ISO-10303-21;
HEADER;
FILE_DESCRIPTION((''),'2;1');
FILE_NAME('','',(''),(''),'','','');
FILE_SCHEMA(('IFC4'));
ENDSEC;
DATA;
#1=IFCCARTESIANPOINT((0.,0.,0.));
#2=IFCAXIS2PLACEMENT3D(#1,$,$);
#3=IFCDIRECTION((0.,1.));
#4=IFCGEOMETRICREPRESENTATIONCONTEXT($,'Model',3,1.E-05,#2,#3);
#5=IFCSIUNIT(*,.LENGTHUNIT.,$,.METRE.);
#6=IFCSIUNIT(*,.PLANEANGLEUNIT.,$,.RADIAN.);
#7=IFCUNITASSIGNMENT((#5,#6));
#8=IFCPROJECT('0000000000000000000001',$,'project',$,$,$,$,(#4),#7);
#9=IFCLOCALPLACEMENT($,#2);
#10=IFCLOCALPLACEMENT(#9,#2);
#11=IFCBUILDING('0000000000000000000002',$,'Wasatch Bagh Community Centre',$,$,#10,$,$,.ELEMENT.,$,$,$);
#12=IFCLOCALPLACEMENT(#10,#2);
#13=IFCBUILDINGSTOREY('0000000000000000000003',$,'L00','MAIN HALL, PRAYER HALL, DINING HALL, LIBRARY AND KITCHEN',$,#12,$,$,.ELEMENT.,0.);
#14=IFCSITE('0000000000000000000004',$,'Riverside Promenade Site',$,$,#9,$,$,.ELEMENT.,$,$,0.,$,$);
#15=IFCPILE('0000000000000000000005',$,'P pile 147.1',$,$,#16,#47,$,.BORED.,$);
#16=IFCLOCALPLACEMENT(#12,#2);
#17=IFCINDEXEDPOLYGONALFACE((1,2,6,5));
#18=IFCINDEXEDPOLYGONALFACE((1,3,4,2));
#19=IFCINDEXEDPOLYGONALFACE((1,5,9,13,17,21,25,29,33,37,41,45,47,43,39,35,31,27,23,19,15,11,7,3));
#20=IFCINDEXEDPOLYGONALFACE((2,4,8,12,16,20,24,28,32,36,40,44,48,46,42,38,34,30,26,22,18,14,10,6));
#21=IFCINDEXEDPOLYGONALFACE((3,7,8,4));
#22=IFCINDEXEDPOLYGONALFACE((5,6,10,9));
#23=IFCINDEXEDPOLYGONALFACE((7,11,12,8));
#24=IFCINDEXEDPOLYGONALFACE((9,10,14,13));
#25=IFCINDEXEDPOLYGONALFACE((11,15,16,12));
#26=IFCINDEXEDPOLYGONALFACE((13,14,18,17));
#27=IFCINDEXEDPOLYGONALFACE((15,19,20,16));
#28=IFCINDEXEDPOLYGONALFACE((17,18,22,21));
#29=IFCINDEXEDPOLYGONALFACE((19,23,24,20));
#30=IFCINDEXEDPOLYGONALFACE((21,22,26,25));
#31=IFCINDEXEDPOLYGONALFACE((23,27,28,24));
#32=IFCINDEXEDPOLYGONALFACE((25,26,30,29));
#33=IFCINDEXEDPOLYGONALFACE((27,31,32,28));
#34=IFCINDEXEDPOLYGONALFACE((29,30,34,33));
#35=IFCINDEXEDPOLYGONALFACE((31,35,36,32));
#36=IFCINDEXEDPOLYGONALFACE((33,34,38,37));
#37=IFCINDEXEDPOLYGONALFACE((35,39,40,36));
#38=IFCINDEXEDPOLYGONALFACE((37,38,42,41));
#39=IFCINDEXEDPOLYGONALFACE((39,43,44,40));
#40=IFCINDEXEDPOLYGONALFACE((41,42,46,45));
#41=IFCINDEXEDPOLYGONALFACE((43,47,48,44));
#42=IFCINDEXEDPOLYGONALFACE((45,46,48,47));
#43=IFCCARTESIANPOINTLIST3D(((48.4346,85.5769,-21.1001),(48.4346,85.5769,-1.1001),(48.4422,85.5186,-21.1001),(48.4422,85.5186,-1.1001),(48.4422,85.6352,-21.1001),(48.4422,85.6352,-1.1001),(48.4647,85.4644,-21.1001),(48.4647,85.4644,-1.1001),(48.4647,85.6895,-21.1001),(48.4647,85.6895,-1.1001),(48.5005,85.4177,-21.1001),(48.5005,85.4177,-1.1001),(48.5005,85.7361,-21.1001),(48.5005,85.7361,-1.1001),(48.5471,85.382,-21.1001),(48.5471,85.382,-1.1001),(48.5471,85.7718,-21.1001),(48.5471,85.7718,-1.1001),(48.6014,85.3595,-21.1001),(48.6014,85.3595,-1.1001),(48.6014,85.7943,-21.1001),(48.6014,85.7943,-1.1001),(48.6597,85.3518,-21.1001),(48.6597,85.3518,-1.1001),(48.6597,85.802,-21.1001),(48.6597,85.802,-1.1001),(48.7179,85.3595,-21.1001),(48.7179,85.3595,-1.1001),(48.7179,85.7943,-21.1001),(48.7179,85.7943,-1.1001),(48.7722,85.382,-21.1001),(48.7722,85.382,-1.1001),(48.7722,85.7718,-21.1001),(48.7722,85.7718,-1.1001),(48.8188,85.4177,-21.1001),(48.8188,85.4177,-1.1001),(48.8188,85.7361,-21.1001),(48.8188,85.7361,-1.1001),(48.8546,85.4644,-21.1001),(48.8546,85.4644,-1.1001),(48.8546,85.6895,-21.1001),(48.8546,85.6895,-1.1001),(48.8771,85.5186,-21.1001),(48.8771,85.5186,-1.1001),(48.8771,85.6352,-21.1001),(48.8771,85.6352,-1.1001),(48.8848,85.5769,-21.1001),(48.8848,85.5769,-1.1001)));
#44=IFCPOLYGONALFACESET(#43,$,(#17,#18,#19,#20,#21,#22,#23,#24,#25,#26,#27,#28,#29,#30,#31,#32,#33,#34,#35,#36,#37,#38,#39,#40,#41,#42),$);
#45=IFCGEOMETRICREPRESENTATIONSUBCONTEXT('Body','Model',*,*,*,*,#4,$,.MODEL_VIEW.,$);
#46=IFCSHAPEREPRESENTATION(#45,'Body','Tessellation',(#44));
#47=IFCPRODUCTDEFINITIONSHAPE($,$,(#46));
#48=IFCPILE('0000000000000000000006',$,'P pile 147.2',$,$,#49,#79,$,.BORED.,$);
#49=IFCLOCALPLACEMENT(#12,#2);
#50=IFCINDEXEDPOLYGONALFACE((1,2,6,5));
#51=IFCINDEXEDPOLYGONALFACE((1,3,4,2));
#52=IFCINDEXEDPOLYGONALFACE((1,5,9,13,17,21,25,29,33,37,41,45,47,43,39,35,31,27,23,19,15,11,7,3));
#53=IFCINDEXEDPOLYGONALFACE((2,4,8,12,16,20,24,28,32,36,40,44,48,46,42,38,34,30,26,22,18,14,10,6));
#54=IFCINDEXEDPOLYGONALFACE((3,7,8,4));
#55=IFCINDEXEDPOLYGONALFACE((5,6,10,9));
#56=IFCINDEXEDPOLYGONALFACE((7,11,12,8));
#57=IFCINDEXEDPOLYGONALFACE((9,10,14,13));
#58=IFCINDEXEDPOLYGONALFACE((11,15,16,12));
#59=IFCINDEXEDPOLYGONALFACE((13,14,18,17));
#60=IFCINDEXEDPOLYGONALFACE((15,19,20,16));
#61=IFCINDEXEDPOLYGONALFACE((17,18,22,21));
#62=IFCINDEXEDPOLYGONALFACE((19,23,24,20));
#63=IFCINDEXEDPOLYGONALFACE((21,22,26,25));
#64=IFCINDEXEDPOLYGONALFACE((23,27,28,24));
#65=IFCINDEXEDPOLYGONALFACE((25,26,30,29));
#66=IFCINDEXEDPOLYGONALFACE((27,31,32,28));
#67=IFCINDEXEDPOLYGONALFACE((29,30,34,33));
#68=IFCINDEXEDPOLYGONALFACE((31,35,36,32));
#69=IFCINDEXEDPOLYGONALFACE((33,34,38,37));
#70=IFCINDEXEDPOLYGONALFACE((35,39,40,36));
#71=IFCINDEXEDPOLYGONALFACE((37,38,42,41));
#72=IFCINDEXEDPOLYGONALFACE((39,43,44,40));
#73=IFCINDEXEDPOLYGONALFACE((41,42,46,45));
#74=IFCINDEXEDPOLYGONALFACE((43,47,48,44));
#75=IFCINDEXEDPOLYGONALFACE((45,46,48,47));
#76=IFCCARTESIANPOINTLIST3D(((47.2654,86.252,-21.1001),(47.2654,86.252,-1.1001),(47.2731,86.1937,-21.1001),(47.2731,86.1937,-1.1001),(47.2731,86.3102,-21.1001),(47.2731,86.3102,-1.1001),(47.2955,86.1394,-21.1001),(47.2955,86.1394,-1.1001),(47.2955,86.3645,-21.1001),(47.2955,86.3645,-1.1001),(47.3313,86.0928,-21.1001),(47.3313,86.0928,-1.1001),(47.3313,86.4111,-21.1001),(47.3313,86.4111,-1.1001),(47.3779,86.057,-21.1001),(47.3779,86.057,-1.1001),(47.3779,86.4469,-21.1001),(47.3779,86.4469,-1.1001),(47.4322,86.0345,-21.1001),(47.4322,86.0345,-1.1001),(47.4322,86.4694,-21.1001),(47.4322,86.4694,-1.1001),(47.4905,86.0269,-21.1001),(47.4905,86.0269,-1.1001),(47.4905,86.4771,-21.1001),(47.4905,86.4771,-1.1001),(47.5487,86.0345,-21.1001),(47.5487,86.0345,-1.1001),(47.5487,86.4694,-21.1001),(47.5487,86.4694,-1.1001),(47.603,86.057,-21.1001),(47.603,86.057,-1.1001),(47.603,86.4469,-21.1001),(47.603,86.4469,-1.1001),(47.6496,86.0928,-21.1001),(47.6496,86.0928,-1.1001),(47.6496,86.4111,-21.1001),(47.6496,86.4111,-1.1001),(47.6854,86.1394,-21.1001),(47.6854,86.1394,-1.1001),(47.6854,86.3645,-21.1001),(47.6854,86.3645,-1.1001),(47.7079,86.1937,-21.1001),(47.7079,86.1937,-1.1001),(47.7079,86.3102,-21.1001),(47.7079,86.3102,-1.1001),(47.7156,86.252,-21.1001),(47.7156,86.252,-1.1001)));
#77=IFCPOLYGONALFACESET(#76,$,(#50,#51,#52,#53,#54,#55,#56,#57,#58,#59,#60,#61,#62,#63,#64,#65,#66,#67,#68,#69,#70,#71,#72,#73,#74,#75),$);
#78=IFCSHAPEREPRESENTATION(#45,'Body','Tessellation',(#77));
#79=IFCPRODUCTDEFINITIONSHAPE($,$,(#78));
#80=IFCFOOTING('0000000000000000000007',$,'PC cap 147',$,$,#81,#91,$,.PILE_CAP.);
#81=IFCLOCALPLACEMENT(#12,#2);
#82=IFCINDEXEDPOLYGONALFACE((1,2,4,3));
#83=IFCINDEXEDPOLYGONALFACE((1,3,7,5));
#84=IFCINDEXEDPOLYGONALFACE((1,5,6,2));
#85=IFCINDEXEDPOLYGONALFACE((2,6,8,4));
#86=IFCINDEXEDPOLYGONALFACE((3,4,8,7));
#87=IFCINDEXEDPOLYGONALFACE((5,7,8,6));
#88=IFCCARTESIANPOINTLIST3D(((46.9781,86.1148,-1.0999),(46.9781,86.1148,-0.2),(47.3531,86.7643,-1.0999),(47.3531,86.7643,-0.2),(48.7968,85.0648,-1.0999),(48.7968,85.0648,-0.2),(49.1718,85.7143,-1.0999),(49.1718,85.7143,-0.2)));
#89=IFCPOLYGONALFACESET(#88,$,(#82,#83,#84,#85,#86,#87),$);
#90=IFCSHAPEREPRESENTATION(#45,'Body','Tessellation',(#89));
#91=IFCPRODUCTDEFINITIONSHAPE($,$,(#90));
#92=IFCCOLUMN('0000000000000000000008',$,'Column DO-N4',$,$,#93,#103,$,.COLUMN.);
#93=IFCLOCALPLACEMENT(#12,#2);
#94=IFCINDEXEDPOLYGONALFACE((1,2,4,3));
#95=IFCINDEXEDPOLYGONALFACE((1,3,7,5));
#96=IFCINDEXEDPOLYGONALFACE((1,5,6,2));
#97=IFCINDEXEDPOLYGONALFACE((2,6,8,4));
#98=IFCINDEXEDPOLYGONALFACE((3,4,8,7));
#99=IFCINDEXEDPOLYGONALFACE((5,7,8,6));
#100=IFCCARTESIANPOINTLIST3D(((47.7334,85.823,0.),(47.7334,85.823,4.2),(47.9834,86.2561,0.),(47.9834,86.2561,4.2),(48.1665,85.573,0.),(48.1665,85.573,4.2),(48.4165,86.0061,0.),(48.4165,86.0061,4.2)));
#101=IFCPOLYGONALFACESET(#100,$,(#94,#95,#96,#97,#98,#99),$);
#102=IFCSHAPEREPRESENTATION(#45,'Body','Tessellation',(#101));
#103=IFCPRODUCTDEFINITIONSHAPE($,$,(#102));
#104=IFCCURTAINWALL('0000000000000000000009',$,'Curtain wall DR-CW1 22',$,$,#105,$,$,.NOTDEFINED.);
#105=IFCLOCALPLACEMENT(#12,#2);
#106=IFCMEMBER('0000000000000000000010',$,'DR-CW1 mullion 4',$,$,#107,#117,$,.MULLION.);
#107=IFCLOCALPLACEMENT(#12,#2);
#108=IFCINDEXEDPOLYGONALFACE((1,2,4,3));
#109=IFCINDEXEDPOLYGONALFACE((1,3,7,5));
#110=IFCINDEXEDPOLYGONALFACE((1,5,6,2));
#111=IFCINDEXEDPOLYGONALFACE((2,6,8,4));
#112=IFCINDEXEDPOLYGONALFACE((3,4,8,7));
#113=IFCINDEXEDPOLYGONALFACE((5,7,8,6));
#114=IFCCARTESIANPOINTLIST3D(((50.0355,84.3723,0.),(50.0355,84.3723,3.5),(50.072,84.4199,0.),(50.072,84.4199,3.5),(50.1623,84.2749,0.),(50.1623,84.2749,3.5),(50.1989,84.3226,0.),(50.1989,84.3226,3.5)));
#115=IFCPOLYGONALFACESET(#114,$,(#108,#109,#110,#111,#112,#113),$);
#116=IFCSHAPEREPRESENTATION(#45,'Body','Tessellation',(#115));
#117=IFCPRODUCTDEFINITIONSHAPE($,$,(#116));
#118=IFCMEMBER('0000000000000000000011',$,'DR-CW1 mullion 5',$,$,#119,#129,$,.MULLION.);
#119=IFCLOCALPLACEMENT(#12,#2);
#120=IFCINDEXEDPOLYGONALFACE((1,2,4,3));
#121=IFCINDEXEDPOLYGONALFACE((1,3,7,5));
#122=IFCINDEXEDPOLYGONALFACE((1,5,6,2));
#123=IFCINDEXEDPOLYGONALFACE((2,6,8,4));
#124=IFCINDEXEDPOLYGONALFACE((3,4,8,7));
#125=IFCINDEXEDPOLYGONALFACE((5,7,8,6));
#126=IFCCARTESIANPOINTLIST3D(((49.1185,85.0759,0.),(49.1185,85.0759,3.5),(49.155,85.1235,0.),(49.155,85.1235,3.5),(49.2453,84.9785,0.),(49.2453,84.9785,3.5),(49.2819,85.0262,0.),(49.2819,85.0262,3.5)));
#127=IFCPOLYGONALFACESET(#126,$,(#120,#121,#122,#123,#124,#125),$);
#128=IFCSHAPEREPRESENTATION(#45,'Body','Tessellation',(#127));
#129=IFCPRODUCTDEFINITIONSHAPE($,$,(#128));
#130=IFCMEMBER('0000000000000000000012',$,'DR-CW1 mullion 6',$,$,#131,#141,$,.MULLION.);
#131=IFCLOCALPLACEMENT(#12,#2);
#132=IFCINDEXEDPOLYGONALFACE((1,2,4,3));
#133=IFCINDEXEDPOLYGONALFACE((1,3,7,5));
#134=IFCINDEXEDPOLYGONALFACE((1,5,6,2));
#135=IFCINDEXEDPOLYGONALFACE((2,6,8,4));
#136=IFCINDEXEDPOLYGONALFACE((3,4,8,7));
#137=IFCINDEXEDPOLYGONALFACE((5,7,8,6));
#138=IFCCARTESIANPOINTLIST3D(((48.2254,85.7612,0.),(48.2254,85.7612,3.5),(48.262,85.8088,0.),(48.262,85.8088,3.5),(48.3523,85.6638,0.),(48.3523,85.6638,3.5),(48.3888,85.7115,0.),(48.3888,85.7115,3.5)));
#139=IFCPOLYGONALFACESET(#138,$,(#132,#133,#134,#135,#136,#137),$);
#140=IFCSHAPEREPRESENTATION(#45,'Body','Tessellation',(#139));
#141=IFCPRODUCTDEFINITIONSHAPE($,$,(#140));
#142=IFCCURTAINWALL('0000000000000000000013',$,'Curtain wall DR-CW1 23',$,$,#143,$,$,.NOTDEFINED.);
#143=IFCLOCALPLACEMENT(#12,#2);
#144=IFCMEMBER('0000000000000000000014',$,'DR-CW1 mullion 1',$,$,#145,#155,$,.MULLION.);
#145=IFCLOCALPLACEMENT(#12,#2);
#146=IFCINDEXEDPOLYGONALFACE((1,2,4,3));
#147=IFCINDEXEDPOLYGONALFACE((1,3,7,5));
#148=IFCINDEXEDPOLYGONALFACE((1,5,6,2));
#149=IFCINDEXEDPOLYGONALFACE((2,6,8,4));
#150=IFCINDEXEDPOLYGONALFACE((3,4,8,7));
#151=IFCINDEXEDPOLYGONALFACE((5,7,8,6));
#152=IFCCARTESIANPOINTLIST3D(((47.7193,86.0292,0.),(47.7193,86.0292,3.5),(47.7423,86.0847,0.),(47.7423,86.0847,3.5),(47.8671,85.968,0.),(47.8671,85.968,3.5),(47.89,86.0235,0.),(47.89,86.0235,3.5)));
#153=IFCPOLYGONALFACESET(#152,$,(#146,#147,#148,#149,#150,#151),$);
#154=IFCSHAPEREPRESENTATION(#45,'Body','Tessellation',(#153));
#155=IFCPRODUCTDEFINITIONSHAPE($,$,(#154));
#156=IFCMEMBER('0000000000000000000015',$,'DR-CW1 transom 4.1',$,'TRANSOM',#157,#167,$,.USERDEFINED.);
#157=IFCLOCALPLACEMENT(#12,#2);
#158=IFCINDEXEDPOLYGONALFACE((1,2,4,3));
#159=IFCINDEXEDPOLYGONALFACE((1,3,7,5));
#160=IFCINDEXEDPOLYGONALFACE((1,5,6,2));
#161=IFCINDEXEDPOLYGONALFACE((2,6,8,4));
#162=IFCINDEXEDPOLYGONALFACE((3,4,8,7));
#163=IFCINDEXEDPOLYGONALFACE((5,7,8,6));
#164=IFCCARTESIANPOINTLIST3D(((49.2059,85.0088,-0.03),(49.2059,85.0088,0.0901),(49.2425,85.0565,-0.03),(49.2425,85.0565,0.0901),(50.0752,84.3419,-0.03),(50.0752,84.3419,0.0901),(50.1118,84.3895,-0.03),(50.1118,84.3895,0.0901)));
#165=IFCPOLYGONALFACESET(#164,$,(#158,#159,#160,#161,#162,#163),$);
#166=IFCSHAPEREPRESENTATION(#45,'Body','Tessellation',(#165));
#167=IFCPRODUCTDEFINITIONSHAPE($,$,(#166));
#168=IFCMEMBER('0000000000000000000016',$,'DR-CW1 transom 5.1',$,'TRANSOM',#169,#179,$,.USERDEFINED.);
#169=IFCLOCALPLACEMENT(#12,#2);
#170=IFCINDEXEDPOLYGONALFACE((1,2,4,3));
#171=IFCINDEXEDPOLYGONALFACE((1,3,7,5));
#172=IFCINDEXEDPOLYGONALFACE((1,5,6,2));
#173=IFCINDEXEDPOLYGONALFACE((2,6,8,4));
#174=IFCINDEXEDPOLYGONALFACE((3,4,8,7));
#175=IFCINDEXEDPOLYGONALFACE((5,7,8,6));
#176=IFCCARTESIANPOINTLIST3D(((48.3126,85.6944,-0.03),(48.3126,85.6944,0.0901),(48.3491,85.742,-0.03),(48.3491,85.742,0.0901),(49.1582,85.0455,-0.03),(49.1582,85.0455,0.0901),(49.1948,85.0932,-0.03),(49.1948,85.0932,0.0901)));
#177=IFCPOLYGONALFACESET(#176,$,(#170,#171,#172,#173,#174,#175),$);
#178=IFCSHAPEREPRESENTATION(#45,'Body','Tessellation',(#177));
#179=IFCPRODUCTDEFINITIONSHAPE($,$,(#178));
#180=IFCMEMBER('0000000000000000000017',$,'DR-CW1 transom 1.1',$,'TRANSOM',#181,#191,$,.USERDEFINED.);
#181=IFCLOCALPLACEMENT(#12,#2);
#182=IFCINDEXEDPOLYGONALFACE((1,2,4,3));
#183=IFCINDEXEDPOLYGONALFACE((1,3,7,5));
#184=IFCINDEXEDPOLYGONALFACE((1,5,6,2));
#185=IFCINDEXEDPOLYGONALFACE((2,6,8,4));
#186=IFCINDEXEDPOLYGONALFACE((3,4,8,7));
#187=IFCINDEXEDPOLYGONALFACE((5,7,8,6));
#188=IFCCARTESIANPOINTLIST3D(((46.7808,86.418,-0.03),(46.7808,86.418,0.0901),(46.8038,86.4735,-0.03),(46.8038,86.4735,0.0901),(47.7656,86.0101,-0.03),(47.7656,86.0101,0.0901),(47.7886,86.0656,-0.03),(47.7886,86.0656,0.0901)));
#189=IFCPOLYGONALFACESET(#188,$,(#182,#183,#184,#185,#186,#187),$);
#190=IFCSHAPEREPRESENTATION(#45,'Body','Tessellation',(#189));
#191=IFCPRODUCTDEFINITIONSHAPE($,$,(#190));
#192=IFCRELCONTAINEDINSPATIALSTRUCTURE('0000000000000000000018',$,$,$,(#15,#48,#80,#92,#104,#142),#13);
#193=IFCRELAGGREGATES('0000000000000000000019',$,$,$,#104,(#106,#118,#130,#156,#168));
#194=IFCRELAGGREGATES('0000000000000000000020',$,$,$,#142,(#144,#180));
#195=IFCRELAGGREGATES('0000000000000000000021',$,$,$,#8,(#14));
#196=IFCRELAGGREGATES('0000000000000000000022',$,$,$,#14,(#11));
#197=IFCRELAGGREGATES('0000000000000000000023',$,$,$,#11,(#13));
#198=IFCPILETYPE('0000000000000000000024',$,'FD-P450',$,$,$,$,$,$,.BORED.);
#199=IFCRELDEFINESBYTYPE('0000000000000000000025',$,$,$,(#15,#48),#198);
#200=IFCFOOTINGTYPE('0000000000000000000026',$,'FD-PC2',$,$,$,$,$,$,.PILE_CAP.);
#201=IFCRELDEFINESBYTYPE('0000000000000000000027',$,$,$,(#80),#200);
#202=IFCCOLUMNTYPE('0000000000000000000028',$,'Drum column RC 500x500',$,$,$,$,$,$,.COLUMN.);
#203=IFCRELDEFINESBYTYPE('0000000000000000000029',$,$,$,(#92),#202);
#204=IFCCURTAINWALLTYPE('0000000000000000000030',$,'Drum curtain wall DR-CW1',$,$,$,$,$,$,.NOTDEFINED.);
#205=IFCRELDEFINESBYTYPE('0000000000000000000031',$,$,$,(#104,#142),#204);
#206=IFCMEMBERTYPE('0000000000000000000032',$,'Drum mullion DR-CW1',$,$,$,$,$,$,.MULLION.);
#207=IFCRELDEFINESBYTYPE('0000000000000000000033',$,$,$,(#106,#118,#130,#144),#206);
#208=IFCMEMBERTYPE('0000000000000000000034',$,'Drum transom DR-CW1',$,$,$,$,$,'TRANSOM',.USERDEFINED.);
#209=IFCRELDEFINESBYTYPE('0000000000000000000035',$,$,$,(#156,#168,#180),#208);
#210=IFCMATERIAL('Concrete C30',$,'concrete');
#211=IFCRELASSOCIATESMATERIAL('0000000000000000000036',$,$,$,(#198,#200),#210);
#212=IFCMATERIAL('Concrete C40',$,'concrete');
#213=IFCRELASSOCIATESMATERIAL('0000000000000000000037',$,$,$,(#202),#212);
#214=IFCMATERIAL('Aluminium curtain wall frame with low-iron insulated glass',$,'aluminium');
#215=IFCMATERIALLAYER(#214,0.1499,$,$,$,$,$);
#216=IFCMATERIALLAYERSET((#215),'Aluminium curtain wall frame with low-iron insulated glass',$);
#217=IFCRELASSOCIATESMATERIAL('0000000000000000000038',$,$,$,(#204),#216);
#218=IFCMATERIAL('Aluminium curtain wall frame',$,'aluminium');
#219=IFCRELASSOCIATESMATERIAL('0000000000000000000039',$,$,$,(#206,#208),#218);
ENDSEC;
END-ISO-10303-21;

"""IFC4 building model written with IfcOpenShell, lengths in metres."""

from ifc_helpers import new_model, si_unit, direction, frame, origin, origin_2d, place, context, subcontext, project, spatial, rectangle, circle, extrude, material, layer, layer_set, material_profile, profile_set, type_object, element, aggregate, save


model = new_model("IFC4")

# Units and contexts
model_context = context("Model", 3, precision=1e-05, world=origin(), true_north=direction((0.0, 1.0)))
body_context = subcontext(model_context, "Body", "Model", "MODEL_VIEW")
ifc_project = project(units=[si_unit("LENGTHUNIT", "METRE"), si_unit("PLANEANGLEUNIT", "RADIAN")], contexts=[model_context])

# Site, building, storey
site_placement = place(None, origin())
site = spatial("IfcSite", under=ifc_project, at=site_placement, Name="Riverside Promenade Site", CompositionType="ELEMENT", RefElevation=0.0)
building_placement = place(site_placement, origin())
building = spatial("IfcBuilding", under=site, at=building_placement, Name="Wasatch Bagh Community Centre", CompositionType="ELEMENT")
storey_placement = place(building_placement, origin())
storey = spatial("IfcBuildingStorey", under=building, at=storey_placement, Name="L00", Description="MAIN HALL, PRAYER HALL, DINING HALL, LIBRARY AND KITCHEN", CompositionType="ELEMENT", Elevation=0.0)

# Piles
ifc_material_1 = material(Name="Concrete C30", Category="concrete")
ifc_material_profile_1 = material_profile(ifc_material_1, circle(Radius=0.2251, at=origin_2d()), Name="RC D450")
ifc_profile_set_1 = profile_set([ifc_material_profile_1], Name="Concrete C30")
pile_type = type_object("IfcPileType", Name="FD-P450", PredefinedType="BORED", material=ifc_profile_set_1)
for number, where, z_axis, x_axis, name in (
    (1, (48.6597, 85.5769, -1.1001), (0.0, 0.0, -1.0), (1.0, 0.0, 0.0), "P pile 147.1"),
    (2, (47.4905, 86.252, -1.1001), (0.0, 0.0, -1.0), (1.0, 0.0, 0.0), "P pile 147.2"),
):
    element("IfcPile", number, at=place(storey_placement, frame(where, z_axis=z_axis, x_axis=x_axis)), inside=storey, type_object=pile_type, Name=name, PredefinedType="BORED", context=body_context, shape_type="SweptSolid", body=[
        extrude(circle(Radius=0.2251, at=origin_2d()), origin(), (0.0, 0.0, 1.0), 20.0),
    ])

# Footing
footing_type = type_object("IfcFootingType", Name="FD-PC2", PredefinedType="PILE_CAP", material=ifc_material_1)
footing_placement = place(storey_placement, frame((48.075, 85.9146, -1.0999), z_axis=(0.0, 0.0, 1.0), x_axis=(-0.866025, 0.5, 0.0)))
element("IfcFooting", 3, at=footing_placement, inside=storey, type_object=footing_type, Name="PC cap 147", PredefinedType="PILE_CAP", context=body_context, shape_type="SweptSolid", body=[
    extrude(rectangle(XDim=2.1001, YDim=0.75, at=origin_2d()), origin(), (0.0, 0.0, 1.0), 0.8999),
])

# Column
ifc_material_2 = material(Name="Concrete C40", Category="concrete")
ifc_material_profile_2 = material_profile(ifc_material_2, rectangle(XDim=0.5, YDim=0.5, at=origin_2d()), Name="RC 500x500")
ifc_profile_set_2 = profile_set([ifc_material_profile_2], Name="Concrete C40")
column_type = type_object("IfcColumnType", Name="Drum column RC 500x500", PredefinedType="COLUMN", material=ifc_profile_set_2)
column_placement = place(storey_placement, frame((48.075, 85.9146, 0.0), z_axis=(0.0, 0.0, 1.0), x_axis=(0.5, 0.866025, 0.0)))
element("IfcColumn", 4, at=column_placement, inside=storey, type_object=column_type, Name="Column DO-N4", PredefinedType="COLUMN", context=body_context, shape_type="SweptSolid", body=[
    extrude(rectangle(XDim=0.5, YDim=0.5, at=origin_2d()), origin(), (0.0, 0.0, 1.0), 4.2),
])

# Curtain wall, members
ifc_material_3 = material(Name="Aluminium curtain wall frame with low-iron insulated glass", Category="aluminium")
ifc_layer_1 = layer(ifc_material_3, 0.1499)
ifc_layer_set_1 = layer_set([ifc_layer_1], Name="Aluminium curtain wall frame with low-iron insulated glass")
curtain_wall_type = type_object("IfcCurtainWallType", Name="Drum curtain wall DR-CW1", PredefinedType="NOTDEFINED", material=ifc_layer_set_1)
curtain_wall_1_placement = place(storey_placement, origin())
curtain_wall_1 = element("IfcCurtainWall", 5, at=curtain_wall_1_placement, inside=storey, type_object=curtain_wall_type, Name="Curtain wall DR-CW1 22", PredefinedType="NOTDEFINED")
ifc_material_4 = material(Name="Aluminium curtain wall frame", Category="aluminium")
ifc_material_profile_3 = material_profile(ifc_material_4, rectangle(XDim=0.0601, YDim=0.1599, at=origin_2d()), Name="Drum mullion DR-CW1")
ifc_profile_set_3 = profile_set([ifc_material_profile_3], Name="Aluminium curtain wall frame")
member_type_1 = type_object("IfcMemberType", Name="Drum mullion DR-CW1", PredefinedType="MULLION", material=ifc_profile_set_3)
member_1_placement = place(storey_placement, frame((50.1172, 84.3474, 0.0), z_axis=(0.0, 0.0, 1.0), x_axis=(-0.608761, -0.793353, 0.0)))
member_1 = element("IfcMember", 6, at=member_1_placement, type_object=member_type_1, Name="DR-CW1 mullion 4", PredefinedType="MULLION", context=body_context, shape_type="SweptSolid", body=[
    extrude(rectangle(XDim=0.0601, YDim=0.1599, at=origin_2d()), origin(), (0.0, 0.0, 1.0), 3.5),
])
member_2_placement = place(storey_placement, frame((49.2002, 85.051, 0.0), z_axis=(0.0, 0.0, 1.0), x_axis=(-0.608761, -0.793353, 0.0)))
member_2 = element("IfcMember", 7, at=member_2_placement, type_object=member_type_1, Name="DR-CW1 mullion 5", PredefinedType="MULLION", context=body_context, shape_type="SweptSolid", body=[
    extrude(rectangle(XDim=0.0601, YDim=0.1599, at=origin_2d()), origin(), (0.0, 0.0, 1.0), 3.5),
])
member_3_placement = place(storey_placement, frame((48.3071, 85.7363, 0.0), z_axis=(0.0, 0.0, 1.0), x_axis=(-0.608761, -0.793353, 0.0)))
member_3 = element("IfcMember", 8, at=member_3_placement, type_object=member_type_1, Name="DR-CW1 mullion 6", PredefinedType="MULLION", context=body_context, shape_type="SweptSolid", body=[
    extrude(rectangle(XDim=0.0601, YDim=0.1599, at=origin_2d()), origin(), (0.0, 0.0, 1.0), 3.5),
])

# Curtain wall, member
curtain_wall_2_placement = place(storey_placement, origin())
curtain_wall_2 = element("IfcCurtainWall", 9, at=curtain_wall_2_placement, inside=storey, type_object=curtain_wall_type, Name="Curtain wall DR-CW1 23", PredefinedType="NOTDEFINED")
member_4_placement = place(storey_placement, frame((47.8047, 86.0264, 0.0), z_axis=(0.0, 0.0, 1.0), x_axis=(-0.382683, -0.92388, 0.0)))
member_4 = element("IfcMember", 10, at=member_4_placement, type_object=member_type_1, Name="DR-CW1 mullion 1", PredefinedType="MULLION", context=body_context, shape_type="SweptSolid", body=[
    extrude(rectangle(XDim=0.0601, YDim=0.1599, at=origin_2d()), origin(), (0.0, 0.0, 1.0), 3.5),
])

# Members
ifc_material_profile_4 = material_profile(ifc_material_4, rectangle(XDim=0.0601, YDim=0.1201, at=origin_2d()), Name="Drum transom DR-CW1")
ifc_profile_set_4 = profile_set([ifc_material_profile_4], Name="Aluminium curtain wall frame")
member_type_2 = type_object("IfcMemberType", Name="Drum transom DR-CW1", ElementType="TRANSOM", PredefinedType="USERDEFINED", material=ifc_profile_set_4)
member_5_placement = place(storey_placement, frame((50.0935, 84.3657, 0.03), z_axis=(-0.793402, 0.608698, 0.0), x_axis=(-0.608698, -0.793402, 0.0)))
member_5 = element("IfcMember", 11, at=member_5_placement, type_object=member_type_2, Name="DR-CW1 transom 4.1", ObjectType="TRANSOM", PredefinedType="USERDEFINED", context=body_context, shape_type="SweptSolid", body=[
    extrude(rectangle(XDim=0.0601, YDim=0.1201, at=origin_2d()), origin(), (0.0, 0.0, 1.0), 1.0957),
])
member_6_placement = place(storey_placement, frame((49.1765, 85.0693, 0.03), z_axis=(-0.793356, 0.608758, 0.0), x_axis=(-0.608758, -0.793356, 0.0)))
member_6 = element("IfcMember", 12, at=member_6_placement, type_object=member_type_2, Name="DR-CW1 transom 5.1", ObjectType="TRANSOM", PredefinedType="USERDEFINED", context=body_context, shape_type="SweptSolid", body=[
    extrude(rectangle(XDim=0.0601, YDim=0.1201, at=origin_2d()), origin(), (0.0, 0.0, 1.0), 1.0659),
])
member_7_placement = place(storey_placement, frame((47.7771, 86.0378, 0.03), z_axis=(-0.923874, 0.382696, 0.0), x_axis=(-0.382696, -0.923874, 0.0)))
member_7 = element("IfcMember", 13, at=member_7_placement, type_object=member_type_2, Name="DR-CW1 transom 1.1", ObjectType="TRANSOM", PredefinedType="USERDEFINED", context=body_context, shape_type="SweptSolid", body=[
    extrude(rectangle(XDim=0.0601, YDim=0.1201, at=origin_2d()), origin(), (0.0, 0.0, 1.0), 1.0659),
])

aggregate(curtain_wall_1, [member_1, member_2, member_3, member_5, member_6])
aggregate(curtain_wall_2, [member_4, member_7])

save(model, "model.ifc")
